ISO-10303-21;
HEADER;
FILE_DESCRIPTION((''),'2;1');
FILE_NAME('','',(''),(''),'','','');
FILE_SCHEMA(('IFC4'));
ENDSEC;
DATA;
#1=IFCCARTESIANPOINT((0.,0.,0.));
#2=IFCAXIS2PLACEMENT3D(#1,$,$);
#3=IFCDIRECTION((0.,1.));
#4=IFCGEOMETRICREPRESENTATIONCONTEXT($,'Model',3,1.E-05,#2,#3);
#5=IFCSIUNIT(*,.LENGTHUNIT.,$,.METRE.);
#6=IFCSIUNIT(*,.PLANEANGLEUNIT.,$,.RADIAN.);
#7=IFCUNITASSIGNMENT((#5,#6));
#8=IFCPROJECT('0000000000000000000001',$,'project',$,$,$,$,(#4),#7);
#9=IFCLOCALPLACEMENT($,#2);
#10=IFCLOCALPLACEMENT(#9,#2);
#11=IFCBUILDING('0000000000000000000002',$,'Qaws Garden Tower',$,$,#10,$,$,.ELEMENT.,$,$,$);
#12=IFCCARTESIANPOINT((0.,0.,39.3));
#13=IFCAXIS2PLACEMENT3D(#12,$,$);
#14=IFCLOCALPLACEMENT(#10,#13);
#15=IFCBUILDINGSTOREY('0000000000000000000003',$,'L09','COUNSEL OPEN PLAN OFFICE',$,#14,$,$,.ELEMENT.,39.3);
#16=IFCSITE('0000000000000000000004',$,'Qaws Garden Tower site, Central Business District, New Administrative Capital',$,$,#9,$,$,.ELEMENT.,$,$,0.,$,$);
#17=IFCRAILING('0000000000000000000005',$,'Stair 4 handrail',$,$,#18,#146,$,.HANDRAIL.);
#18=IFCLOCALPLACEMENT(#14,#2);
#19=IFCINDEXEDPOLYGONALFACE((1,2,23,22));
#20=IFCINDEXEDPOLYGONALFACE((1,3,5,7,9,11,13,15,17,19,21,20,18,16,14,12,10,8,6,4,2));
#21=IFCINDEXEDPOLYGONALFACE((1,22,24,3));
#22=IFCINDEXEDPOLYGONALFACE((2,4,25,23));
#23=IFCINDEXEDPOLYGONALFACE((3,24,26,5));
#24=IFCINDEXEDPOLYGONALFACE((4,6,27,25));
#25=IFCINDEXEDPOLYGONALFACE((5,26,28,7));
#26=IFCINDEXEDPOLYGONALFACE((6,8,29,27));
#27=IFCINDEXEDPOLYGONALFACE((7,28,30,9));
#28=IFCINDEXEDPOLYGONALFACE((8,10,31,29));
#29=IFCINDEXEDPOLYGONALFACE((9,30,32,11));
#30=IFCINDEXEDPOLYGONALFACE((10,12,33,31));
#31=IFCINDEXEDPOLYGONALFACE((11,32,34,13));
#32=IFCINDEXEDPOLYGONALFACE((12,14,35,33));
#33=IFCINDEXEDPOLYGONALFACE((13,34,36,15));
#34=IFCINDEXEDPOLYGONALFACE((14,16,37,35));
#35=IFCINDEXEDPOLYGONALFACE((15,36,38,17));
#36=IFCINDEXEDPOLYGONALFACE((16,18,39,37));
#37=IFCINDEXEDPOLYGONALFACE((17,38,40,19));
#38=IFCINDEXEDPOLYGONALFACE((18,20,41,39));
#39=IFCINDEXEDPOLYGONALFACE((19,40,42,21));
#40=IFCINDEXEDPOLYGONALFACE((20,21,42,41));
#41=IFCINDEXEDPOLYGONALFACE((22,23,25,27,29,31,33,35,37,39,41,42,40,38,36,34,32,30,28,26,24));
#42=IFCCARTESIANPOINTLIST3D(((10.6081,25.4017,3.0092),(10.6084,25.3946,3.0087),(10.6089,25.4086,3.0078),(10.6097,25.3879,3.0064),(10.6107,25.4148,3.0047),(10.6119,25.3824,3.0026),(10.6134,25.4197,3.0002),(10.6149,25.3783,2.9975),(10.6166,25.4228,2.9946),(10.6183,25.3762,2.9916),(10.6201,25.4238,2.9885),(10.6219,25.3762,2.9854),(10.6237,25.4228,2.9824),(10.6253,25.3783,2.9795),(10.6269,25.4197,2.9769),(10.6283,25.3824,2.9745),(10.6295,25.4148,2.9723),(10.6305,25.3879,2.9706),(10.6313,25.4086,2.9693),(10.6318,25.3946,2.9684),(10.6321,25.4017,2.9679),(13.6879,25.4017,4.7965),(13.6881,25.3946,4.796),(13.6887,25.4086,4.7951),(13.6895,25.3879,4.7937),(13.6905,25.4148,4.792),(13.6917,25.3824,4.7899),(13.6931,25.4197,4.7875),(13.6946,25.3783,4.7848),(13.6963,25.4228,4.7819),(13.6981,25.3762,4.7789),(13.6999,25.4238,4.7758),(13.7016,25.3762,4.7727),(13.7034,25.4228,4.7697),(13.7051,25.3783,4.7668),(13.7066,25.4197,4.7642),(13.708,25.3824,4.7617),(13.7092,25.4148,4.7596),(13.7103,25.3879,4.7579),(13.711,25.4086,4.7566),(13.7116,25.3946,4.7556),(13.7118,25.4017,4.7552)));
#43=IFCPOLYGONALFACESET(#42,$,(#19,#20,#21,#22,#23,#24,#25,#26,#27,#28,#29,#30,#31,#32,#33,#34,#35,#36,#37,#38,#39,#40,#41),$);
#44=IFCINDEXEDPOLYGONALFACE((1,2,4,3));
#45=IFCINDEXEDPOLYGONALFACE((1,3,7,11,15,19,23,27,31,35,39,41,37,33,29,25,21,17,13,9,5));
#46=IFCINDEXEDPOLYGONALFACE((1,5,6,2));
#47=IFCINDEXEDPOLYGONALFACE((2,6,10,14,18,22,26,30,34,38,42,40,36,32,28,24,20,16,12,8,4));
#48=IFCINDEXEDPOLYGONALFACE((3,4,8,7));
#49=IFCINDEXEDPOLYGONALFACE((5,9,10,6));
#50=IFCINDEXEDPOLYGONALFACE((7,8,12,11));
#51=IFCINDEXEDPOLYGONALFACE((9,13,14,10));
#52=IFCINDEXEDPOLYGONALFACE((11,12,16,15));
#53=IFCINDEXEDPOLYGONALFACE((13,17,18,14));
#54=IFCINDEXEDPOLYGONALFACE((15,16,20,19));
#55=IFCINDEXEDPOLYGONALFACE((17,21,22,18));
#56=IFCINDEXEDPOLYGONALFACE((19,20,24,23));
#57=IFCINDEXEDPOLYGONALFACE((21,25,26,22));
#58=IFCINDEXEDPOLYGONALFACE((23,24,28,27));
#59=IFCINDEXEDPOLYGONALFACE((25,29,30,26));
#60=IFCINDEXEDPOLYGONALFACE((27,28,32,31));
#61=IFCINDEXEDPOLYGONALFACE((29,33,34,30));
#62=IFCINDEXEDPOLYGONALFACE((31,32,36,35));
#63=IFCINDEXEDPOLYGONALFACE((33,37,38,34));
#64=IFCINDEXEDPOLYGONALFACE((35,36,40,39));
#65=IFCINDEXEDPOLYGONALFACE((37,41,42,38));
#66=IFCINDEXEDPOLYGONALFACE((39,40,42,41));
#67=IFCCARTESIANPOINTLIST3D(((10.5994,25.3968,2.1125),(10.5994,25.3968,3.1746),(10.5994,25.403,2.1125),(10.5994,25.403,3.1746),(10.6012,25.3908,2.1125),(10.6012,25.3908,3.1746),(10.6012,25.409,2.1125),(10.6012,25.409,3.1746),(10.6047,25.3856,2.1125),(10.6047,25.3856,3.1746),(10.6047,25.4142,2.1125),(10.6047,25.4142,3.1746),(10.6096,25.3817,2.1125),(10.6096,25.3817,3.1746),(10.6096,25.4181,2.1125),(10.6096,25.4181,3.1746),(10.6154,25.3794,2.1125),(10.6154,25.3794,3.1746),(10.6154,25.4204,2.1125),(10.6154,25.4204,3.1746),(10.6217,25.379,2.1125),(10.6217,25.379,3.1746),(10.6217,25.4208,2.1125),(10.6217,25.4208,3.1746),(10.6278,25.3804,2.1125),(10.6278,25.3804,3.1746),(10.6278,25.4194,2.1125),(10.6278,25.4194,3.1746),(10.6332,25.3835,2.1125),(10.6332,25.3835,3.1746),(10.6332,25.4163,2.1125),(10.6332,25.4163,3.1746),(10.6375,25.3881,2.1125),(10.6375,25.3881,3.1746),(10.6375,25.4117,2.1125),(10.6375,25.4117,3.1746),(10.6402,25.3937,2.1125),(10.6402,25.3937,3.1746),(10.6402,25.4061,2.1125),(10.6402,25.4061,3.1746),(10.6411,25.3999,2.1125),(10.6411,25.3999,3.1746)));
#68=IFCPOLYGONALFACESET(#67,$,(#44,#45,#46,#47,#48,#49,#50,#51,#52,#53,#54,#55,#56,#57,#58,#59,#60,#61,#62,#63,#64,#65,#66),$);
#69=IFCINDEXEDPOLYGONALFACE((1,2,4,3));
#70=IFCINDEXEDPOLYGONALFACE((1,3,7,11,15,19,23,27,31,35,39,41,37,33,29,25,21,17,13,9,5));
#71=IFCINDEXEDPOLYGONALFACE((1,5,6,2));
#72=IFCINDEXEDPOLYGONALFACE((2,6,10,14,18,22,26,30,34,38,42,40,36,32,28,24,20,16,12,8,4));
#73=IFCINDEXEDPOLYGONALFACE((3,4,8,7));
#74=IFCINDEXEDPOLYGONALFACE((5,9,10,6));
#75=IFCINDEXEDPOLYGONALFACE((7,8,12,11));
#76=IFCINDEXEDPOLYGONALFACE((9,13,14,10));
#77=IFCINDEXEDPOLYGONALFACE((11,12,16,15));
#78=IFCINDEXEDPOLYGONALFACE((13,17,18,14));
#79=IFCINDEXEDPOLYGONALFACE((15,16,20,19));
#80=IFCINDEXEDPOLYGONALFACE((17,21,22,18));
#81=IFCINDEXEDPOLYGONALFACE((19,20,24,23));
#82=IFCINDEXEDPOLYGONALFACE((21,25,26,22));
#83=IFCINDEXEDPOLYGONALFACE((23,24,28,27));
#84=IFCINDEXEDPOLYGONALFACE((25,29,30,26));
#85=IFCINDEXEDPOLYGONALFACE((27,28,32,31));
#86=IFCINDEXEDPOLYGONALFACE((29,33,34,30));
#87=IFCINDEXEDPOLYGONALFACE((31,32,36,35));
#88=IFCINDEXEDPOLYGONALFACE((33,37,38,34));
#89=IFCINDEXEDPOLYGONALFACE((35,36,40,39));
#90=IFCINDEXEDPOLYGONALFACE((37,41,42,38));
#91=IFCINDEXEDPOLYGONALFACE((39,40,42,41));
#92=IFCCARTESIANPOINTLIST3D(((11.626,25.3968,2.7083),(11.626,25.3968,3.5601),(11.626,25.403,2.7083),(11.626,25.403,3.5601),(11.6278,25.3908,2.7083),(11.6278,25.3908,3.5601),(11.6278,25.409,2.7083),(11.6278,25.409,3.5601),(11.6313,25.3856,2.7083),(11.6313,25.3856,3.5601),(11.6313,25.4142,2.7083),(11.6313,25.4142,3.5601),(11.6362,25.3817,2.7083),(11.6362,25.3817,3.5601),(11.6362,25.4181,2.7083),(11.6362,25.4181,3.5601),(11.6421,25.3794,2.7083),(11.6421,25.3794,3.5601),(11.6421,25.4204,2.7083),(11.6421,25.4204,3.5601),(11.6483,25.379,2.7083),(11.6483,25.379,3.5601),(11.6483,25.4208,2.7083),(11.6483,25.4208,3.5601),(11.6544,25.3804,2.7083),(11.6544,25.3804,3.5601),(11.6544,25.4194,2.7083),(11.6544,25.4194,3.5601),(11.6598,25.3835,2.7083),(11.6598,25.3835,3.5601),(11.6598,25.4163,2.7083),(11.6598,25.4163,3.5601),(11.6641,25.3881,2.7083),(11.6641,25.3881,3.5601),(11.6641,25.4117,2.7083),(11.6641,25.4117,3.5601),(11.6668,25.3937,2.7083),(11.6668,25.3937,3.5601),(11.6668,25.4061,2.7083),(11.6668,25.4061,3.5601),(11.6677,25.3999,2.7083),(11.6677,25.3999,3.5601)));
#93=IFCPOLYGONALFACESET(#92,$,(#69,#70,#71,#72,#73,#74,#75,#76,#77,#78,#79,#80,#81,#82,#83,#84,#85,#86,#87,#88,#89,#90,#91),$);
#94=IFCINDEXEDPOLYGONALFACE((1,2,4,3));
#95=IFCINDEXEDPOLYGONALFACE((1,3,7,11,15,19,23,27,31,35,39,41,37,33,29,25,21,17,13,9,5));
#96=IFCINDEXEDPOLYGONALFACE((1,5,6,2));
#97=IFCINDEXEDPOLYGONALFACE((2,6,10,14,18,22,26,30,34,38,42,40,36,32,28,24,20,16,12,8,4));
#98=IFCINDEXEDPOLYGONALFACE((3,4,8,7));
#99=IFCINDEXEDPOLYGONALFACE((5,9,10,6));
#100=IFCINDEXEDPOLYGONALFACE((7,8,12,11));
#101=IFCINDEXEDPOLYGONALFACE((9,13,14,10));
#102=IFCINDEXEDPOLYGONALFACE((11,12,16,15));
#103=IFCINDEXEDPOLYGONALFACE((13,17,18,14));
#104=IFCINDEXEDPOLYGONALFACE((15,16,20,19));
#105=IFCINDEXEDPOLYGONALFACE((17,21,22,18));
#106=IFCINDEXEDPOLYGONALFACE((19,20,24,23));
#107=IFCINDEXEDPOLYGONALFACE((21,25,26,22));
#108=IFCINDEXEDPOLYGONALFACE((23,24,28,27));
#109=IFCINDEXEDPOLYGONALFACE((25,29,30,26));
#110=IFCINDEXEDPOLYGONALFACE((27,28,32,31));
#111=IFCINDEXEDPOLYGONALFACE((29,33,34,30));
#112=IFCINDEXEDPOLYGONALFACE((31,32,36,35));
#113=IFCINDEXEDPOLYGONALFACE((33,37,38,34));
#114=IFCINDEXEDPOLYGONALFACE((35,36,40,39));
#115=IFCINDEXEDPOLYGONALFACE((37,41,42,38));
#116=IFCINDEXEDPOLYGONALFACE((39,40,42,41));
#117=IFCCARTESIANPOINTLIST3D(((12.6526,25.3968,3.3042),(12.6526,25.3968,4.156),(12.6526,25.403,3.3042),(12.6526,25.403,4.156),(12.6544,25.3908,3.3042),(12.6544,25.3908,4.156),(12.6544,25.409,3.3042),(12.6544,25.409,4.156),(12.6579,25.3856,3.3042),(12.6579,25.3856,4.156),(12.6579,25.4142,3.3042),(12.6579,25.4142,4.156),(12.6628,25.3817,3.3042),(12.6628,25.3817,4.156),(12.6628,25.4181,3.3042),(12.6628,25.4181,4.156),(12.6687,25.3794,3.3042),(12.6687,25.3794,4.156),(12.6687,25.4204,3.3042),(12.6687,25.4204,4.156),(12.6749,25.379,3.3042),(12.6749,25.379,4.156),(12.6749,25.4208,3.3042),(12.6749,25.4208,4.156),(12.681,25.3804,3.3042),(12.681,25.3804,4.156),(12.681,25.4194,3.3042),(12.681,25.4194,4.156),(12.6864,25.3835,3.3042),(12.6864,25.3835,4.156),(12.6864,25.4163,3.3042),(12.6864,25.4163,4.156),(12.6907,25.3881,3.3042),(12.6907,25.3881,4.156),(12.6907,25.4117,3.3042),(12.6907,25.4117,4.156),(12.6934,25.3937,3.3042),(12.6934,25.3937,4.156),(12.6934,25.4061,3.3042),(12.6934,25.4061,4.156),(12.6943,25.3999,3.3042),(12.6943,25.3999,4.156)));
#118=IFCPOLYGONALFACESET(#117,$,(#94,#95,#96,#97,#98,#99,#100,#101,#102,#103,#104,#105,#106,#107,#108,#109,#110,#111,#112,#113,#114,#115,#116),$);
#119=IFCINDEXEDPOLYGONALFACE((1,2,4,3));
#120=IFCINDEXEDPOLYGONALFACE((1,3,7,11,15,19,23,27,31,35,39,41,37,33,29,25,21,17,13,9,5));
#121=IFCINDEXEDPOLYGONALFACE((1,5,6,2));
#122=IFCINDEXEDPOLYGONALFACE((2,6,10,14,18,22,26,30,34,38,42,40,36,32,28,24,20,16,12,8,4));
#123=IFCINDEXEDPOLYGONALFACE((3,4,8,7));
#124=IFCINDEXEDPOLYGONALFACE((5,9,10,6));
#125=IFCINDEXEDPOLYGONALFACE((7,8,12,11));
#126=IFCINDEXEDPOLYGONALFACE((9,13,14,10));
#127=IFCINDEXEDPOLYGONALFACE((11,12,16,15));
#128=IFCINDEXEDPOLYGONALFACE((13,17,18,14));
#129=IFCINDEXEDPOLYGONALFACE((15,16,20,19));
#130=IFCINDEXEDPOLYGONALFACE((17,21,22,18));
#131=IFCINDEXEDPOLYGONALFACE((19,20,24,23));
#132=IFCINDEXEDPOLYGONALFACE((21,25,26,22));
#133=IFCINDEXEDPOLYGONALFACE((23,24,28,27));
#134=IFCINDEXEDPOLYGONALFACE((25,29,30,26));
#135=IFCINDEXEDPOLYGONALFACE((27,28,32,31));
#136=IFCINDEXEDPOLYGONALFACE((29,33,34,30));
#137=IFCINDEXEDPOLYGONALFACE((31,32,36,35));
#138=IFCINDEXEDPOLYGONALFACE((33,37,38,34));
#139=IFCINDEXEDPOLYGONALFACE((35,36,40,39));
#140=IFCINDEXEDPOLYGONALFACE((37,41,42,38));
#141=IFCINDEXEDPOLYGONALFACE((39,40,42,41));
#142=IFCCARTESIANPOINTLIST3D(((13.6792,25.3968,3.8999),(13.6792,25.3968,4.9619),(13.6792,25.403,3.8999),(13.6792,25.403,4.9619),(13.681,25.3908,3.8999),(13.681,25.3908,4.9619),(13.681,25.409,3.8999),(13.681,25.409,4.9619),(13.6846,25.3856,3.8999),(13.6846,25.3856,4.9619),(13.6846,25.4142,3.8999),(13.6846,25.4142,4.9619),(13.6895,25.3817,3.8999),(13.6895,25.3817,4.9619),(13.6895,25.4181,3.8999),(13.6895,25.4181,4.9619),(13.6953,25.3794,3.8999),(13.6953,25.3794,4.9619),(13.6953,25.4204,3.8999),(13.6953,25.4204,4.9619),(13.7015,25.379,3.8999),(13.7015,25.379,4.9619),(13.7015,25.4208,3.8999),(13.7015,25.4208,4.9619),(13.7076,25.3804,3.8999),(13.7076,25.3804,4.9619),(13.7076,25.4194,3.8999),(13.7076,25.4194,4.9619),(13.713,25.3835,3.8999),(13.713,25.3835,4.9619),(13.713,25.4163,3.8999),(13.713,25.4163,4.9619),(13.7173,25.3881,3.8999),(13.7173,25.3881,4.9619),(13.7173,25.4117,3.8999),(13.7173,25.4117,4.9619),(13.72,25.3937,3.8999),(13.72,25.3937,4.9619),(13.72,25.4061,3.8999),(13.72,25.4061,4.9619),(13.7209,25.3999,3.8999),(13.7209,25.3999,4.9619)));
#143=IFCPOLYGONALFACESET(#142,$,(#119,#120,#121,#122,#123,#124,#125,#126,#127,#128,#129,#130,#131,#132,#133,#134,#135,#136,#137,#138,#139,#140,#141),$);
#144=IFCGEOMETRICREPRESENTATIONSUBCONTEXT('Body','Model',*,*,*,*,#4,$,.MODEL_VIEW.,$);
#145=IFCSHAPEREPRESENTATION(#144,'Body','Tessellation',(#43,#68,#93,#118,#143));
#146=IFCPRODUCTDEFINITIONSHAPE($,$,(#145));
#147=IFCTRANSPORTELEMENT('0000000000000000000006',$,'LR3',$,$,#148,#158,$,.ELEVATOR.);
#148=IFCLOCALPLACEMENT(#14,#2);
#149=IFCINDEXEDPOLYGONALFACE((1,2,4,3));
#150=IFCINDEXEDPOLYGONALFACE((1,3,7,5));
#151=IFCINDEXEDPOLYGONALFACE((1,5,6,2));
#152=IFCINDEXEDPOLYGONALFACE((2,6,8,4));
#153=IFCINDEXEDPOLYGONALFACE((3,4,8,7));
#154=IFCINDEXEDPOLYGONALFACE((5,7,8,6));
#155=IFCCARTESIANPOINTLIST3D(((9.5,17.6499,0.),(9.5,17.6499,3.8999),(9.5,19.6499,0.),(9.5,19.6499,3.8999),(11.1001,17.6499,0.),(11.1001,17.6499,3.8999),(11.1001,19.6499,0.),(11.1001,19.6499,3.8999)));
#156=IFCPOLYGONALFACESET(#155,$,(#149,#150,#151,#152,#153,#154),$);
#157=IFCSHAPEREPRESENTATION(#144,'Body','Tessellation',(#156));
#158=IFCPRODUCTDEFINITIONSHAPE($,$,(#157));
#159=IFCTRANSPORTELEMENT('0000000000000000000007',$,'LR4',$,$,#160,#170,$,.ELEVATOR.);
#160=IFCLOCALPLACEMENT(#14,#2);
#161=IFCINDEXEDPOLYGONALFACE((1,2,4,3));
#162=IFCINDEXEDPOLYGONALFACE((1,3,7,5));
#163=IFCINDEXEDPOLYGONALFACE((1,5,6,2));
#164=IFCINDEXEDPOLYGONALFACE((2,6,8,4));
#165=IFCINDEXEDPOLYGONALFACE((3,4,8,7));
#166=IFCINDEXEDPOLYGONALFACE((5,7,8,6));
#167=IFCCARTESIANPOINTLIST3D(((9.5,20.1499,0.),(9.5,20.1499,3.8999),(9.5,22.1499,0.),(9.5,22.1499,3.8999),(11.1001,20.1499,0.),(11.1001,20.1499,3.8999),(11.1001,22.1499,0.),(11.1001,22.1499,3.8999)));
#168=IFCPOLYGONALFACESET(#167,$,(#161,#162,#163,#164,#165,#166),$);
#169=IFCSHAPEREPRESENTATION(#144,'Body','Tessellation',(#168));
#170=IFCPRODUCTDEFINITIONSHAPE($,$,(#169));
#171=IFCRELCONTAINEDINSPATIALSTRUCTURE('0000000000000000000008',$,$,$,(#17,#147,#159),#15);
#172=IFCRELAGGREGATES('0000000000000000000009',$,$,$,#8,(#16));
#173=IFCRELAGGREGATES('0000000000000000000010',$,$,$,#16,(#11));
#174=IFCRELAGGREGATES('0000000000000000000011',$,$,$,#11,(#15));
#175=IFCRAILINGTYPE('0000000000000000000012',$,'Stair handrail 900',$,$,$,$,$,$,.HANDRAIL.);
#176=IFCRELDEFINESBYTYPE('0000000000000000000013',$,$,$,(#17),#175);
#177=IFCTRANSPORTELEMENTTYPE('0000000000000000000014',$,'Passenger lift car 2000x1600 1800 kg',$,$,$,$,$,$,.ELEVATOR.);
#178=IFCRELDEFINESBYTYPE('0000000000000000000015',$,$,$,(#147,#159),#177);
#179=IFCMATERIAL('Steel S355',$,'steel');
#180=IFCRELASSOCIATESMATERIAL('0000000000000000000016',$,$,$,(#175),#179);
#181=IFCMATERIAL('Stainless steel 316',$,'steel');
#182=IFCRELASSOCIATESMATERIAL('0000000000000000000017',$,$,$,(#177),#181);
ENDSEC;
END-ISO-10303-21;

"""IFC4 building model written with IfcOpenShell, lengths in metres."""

from ifc_helpers import new_model, si_unit, direction, frame, origin, origin_2d, place, context, subcontext, project, spatial, rectangle, circle, extrude, material, type_object, element, save


model = new_model("IFC4")

# Units and contexts
model_context = context("Model", 3, precision=1e-05, world=origin(), true_north=direction((0.0, 1.0)))
body_context = subcontext(model_context, "Body", "Model", "MODEL_VIEW")
ifc_project = project(units=[si_unit("LENGTHUNIT", "METRE"), si_unit("PLANEANGLEUNIT", "RADIAN")], contexts=[model_context])

# Site, building, storey
site_placement = place(None, origin())
site = spatial("IfcSite", under=ifc_project, at=site_placement, Name="Qaws Garden Tower site, Central Business District, New Administrative Capital", CompositionType="ELEMENT", RefElevation=0.0)
building_placement = place(site_placement, origin())
building = spatial("IfcBuilding", under=site, at=building_placement, Name="Qaws Garden Tower", CompositionType="ELEMENT")
storey_placement = place(building_placement, frame((0.0, 0.0, 39.3)))
storey = spatial("IfcBuildingStorey", under=building, at=storey_placement, Name="L09", Description="COUNSEL OPEN PLAN OFFICE", CompositionType="ELEMENT", Elevation=39.3)

# Railing
ifc_material_1 = material(Name="Steel S355", Category="steel")
railing_type = type_object("IfcRailingType", Name="Stair handrail 900", PredefinedType="HANDRAIL", material=ifc_material_1)
railing_1_placement = place(storey_placement, frame((10.6201, 25.3999, 2.1125)))
element("IfcRailing", 1, at=railing_1_placement, inside=storey, type_object=railing_type, Name="Stair 4 handrail", PredefinedType="HANDRAIL", context=body_context, shape_type="SweptSolid", body=[
    extrude(circle(Radius=0.0239, at=origin_2d()), frame((0.0, 0.0, 0.876), z_axis=(0.864903, 0.0, 0.501939), x_axis=(0.0, 1.0, 0.0)), (0.0, 0.0, 1.0), 3.5608),
    extrude(circle(Radius=0.021, at=origin_2d()), origin(), (0.0, 0.0, 1.0), 1.062),
    extrude(circle(Radius=0.021, at=origin_2d()), frame((1.0266, 0.0, 0.5957)), (0.0, 0.0, 1.0), 0.8518),
    extrude(circle(Radius=0.021, at=origin_2d()), frame((2.0532, 0.0, 1.1917)), (0.0, 0.0, 1.0), 0.8518),
    extrude(circle(Radius=0.021, at=origin_2d()), frame((3.0798, 0.0, 1.7874)), (0.0, 0.0, 1.0), 1.062),
])

# Transport elements
ifc_material_2 = material(Name="Stainless steel 316", Category="steel")
transport_element_type = type_object("IfcTransportElementType", Name="Passenger lift car 2000x1600 1800 kg", PredefinedType="ELEVATOR", material=ifc_material_2)
for number, where, z_axis, x_axis, name in (
    (2, (10.3, 18.6499, 0.0), (0.0, 0.0, 1.0), (1.0, 0.0, 0.0), "LR3"),
    (3, (10.3, 21.1499, 0.0), (0.0, 0.0, 1.0), (1.0, 0.0, 0.0), "LR4"),
):
    element("IfcTransportElement", number, at=place(storey_placement, frame(where, z_axis=z_axis, x_axis=x_axis)), inside=storey, type_object=transport_element_type, Name=name, PredefinedType="ELEVATOR", context=body_context, shape_type="SweptSolid", body=[
        extrude(rectangle(XDim=1.6001, YDim=2.0, at=origin_2d()), origin(), (0.0, 0.0, 1.0), 3.8999),
    ])

save(model, "model.ifc")
